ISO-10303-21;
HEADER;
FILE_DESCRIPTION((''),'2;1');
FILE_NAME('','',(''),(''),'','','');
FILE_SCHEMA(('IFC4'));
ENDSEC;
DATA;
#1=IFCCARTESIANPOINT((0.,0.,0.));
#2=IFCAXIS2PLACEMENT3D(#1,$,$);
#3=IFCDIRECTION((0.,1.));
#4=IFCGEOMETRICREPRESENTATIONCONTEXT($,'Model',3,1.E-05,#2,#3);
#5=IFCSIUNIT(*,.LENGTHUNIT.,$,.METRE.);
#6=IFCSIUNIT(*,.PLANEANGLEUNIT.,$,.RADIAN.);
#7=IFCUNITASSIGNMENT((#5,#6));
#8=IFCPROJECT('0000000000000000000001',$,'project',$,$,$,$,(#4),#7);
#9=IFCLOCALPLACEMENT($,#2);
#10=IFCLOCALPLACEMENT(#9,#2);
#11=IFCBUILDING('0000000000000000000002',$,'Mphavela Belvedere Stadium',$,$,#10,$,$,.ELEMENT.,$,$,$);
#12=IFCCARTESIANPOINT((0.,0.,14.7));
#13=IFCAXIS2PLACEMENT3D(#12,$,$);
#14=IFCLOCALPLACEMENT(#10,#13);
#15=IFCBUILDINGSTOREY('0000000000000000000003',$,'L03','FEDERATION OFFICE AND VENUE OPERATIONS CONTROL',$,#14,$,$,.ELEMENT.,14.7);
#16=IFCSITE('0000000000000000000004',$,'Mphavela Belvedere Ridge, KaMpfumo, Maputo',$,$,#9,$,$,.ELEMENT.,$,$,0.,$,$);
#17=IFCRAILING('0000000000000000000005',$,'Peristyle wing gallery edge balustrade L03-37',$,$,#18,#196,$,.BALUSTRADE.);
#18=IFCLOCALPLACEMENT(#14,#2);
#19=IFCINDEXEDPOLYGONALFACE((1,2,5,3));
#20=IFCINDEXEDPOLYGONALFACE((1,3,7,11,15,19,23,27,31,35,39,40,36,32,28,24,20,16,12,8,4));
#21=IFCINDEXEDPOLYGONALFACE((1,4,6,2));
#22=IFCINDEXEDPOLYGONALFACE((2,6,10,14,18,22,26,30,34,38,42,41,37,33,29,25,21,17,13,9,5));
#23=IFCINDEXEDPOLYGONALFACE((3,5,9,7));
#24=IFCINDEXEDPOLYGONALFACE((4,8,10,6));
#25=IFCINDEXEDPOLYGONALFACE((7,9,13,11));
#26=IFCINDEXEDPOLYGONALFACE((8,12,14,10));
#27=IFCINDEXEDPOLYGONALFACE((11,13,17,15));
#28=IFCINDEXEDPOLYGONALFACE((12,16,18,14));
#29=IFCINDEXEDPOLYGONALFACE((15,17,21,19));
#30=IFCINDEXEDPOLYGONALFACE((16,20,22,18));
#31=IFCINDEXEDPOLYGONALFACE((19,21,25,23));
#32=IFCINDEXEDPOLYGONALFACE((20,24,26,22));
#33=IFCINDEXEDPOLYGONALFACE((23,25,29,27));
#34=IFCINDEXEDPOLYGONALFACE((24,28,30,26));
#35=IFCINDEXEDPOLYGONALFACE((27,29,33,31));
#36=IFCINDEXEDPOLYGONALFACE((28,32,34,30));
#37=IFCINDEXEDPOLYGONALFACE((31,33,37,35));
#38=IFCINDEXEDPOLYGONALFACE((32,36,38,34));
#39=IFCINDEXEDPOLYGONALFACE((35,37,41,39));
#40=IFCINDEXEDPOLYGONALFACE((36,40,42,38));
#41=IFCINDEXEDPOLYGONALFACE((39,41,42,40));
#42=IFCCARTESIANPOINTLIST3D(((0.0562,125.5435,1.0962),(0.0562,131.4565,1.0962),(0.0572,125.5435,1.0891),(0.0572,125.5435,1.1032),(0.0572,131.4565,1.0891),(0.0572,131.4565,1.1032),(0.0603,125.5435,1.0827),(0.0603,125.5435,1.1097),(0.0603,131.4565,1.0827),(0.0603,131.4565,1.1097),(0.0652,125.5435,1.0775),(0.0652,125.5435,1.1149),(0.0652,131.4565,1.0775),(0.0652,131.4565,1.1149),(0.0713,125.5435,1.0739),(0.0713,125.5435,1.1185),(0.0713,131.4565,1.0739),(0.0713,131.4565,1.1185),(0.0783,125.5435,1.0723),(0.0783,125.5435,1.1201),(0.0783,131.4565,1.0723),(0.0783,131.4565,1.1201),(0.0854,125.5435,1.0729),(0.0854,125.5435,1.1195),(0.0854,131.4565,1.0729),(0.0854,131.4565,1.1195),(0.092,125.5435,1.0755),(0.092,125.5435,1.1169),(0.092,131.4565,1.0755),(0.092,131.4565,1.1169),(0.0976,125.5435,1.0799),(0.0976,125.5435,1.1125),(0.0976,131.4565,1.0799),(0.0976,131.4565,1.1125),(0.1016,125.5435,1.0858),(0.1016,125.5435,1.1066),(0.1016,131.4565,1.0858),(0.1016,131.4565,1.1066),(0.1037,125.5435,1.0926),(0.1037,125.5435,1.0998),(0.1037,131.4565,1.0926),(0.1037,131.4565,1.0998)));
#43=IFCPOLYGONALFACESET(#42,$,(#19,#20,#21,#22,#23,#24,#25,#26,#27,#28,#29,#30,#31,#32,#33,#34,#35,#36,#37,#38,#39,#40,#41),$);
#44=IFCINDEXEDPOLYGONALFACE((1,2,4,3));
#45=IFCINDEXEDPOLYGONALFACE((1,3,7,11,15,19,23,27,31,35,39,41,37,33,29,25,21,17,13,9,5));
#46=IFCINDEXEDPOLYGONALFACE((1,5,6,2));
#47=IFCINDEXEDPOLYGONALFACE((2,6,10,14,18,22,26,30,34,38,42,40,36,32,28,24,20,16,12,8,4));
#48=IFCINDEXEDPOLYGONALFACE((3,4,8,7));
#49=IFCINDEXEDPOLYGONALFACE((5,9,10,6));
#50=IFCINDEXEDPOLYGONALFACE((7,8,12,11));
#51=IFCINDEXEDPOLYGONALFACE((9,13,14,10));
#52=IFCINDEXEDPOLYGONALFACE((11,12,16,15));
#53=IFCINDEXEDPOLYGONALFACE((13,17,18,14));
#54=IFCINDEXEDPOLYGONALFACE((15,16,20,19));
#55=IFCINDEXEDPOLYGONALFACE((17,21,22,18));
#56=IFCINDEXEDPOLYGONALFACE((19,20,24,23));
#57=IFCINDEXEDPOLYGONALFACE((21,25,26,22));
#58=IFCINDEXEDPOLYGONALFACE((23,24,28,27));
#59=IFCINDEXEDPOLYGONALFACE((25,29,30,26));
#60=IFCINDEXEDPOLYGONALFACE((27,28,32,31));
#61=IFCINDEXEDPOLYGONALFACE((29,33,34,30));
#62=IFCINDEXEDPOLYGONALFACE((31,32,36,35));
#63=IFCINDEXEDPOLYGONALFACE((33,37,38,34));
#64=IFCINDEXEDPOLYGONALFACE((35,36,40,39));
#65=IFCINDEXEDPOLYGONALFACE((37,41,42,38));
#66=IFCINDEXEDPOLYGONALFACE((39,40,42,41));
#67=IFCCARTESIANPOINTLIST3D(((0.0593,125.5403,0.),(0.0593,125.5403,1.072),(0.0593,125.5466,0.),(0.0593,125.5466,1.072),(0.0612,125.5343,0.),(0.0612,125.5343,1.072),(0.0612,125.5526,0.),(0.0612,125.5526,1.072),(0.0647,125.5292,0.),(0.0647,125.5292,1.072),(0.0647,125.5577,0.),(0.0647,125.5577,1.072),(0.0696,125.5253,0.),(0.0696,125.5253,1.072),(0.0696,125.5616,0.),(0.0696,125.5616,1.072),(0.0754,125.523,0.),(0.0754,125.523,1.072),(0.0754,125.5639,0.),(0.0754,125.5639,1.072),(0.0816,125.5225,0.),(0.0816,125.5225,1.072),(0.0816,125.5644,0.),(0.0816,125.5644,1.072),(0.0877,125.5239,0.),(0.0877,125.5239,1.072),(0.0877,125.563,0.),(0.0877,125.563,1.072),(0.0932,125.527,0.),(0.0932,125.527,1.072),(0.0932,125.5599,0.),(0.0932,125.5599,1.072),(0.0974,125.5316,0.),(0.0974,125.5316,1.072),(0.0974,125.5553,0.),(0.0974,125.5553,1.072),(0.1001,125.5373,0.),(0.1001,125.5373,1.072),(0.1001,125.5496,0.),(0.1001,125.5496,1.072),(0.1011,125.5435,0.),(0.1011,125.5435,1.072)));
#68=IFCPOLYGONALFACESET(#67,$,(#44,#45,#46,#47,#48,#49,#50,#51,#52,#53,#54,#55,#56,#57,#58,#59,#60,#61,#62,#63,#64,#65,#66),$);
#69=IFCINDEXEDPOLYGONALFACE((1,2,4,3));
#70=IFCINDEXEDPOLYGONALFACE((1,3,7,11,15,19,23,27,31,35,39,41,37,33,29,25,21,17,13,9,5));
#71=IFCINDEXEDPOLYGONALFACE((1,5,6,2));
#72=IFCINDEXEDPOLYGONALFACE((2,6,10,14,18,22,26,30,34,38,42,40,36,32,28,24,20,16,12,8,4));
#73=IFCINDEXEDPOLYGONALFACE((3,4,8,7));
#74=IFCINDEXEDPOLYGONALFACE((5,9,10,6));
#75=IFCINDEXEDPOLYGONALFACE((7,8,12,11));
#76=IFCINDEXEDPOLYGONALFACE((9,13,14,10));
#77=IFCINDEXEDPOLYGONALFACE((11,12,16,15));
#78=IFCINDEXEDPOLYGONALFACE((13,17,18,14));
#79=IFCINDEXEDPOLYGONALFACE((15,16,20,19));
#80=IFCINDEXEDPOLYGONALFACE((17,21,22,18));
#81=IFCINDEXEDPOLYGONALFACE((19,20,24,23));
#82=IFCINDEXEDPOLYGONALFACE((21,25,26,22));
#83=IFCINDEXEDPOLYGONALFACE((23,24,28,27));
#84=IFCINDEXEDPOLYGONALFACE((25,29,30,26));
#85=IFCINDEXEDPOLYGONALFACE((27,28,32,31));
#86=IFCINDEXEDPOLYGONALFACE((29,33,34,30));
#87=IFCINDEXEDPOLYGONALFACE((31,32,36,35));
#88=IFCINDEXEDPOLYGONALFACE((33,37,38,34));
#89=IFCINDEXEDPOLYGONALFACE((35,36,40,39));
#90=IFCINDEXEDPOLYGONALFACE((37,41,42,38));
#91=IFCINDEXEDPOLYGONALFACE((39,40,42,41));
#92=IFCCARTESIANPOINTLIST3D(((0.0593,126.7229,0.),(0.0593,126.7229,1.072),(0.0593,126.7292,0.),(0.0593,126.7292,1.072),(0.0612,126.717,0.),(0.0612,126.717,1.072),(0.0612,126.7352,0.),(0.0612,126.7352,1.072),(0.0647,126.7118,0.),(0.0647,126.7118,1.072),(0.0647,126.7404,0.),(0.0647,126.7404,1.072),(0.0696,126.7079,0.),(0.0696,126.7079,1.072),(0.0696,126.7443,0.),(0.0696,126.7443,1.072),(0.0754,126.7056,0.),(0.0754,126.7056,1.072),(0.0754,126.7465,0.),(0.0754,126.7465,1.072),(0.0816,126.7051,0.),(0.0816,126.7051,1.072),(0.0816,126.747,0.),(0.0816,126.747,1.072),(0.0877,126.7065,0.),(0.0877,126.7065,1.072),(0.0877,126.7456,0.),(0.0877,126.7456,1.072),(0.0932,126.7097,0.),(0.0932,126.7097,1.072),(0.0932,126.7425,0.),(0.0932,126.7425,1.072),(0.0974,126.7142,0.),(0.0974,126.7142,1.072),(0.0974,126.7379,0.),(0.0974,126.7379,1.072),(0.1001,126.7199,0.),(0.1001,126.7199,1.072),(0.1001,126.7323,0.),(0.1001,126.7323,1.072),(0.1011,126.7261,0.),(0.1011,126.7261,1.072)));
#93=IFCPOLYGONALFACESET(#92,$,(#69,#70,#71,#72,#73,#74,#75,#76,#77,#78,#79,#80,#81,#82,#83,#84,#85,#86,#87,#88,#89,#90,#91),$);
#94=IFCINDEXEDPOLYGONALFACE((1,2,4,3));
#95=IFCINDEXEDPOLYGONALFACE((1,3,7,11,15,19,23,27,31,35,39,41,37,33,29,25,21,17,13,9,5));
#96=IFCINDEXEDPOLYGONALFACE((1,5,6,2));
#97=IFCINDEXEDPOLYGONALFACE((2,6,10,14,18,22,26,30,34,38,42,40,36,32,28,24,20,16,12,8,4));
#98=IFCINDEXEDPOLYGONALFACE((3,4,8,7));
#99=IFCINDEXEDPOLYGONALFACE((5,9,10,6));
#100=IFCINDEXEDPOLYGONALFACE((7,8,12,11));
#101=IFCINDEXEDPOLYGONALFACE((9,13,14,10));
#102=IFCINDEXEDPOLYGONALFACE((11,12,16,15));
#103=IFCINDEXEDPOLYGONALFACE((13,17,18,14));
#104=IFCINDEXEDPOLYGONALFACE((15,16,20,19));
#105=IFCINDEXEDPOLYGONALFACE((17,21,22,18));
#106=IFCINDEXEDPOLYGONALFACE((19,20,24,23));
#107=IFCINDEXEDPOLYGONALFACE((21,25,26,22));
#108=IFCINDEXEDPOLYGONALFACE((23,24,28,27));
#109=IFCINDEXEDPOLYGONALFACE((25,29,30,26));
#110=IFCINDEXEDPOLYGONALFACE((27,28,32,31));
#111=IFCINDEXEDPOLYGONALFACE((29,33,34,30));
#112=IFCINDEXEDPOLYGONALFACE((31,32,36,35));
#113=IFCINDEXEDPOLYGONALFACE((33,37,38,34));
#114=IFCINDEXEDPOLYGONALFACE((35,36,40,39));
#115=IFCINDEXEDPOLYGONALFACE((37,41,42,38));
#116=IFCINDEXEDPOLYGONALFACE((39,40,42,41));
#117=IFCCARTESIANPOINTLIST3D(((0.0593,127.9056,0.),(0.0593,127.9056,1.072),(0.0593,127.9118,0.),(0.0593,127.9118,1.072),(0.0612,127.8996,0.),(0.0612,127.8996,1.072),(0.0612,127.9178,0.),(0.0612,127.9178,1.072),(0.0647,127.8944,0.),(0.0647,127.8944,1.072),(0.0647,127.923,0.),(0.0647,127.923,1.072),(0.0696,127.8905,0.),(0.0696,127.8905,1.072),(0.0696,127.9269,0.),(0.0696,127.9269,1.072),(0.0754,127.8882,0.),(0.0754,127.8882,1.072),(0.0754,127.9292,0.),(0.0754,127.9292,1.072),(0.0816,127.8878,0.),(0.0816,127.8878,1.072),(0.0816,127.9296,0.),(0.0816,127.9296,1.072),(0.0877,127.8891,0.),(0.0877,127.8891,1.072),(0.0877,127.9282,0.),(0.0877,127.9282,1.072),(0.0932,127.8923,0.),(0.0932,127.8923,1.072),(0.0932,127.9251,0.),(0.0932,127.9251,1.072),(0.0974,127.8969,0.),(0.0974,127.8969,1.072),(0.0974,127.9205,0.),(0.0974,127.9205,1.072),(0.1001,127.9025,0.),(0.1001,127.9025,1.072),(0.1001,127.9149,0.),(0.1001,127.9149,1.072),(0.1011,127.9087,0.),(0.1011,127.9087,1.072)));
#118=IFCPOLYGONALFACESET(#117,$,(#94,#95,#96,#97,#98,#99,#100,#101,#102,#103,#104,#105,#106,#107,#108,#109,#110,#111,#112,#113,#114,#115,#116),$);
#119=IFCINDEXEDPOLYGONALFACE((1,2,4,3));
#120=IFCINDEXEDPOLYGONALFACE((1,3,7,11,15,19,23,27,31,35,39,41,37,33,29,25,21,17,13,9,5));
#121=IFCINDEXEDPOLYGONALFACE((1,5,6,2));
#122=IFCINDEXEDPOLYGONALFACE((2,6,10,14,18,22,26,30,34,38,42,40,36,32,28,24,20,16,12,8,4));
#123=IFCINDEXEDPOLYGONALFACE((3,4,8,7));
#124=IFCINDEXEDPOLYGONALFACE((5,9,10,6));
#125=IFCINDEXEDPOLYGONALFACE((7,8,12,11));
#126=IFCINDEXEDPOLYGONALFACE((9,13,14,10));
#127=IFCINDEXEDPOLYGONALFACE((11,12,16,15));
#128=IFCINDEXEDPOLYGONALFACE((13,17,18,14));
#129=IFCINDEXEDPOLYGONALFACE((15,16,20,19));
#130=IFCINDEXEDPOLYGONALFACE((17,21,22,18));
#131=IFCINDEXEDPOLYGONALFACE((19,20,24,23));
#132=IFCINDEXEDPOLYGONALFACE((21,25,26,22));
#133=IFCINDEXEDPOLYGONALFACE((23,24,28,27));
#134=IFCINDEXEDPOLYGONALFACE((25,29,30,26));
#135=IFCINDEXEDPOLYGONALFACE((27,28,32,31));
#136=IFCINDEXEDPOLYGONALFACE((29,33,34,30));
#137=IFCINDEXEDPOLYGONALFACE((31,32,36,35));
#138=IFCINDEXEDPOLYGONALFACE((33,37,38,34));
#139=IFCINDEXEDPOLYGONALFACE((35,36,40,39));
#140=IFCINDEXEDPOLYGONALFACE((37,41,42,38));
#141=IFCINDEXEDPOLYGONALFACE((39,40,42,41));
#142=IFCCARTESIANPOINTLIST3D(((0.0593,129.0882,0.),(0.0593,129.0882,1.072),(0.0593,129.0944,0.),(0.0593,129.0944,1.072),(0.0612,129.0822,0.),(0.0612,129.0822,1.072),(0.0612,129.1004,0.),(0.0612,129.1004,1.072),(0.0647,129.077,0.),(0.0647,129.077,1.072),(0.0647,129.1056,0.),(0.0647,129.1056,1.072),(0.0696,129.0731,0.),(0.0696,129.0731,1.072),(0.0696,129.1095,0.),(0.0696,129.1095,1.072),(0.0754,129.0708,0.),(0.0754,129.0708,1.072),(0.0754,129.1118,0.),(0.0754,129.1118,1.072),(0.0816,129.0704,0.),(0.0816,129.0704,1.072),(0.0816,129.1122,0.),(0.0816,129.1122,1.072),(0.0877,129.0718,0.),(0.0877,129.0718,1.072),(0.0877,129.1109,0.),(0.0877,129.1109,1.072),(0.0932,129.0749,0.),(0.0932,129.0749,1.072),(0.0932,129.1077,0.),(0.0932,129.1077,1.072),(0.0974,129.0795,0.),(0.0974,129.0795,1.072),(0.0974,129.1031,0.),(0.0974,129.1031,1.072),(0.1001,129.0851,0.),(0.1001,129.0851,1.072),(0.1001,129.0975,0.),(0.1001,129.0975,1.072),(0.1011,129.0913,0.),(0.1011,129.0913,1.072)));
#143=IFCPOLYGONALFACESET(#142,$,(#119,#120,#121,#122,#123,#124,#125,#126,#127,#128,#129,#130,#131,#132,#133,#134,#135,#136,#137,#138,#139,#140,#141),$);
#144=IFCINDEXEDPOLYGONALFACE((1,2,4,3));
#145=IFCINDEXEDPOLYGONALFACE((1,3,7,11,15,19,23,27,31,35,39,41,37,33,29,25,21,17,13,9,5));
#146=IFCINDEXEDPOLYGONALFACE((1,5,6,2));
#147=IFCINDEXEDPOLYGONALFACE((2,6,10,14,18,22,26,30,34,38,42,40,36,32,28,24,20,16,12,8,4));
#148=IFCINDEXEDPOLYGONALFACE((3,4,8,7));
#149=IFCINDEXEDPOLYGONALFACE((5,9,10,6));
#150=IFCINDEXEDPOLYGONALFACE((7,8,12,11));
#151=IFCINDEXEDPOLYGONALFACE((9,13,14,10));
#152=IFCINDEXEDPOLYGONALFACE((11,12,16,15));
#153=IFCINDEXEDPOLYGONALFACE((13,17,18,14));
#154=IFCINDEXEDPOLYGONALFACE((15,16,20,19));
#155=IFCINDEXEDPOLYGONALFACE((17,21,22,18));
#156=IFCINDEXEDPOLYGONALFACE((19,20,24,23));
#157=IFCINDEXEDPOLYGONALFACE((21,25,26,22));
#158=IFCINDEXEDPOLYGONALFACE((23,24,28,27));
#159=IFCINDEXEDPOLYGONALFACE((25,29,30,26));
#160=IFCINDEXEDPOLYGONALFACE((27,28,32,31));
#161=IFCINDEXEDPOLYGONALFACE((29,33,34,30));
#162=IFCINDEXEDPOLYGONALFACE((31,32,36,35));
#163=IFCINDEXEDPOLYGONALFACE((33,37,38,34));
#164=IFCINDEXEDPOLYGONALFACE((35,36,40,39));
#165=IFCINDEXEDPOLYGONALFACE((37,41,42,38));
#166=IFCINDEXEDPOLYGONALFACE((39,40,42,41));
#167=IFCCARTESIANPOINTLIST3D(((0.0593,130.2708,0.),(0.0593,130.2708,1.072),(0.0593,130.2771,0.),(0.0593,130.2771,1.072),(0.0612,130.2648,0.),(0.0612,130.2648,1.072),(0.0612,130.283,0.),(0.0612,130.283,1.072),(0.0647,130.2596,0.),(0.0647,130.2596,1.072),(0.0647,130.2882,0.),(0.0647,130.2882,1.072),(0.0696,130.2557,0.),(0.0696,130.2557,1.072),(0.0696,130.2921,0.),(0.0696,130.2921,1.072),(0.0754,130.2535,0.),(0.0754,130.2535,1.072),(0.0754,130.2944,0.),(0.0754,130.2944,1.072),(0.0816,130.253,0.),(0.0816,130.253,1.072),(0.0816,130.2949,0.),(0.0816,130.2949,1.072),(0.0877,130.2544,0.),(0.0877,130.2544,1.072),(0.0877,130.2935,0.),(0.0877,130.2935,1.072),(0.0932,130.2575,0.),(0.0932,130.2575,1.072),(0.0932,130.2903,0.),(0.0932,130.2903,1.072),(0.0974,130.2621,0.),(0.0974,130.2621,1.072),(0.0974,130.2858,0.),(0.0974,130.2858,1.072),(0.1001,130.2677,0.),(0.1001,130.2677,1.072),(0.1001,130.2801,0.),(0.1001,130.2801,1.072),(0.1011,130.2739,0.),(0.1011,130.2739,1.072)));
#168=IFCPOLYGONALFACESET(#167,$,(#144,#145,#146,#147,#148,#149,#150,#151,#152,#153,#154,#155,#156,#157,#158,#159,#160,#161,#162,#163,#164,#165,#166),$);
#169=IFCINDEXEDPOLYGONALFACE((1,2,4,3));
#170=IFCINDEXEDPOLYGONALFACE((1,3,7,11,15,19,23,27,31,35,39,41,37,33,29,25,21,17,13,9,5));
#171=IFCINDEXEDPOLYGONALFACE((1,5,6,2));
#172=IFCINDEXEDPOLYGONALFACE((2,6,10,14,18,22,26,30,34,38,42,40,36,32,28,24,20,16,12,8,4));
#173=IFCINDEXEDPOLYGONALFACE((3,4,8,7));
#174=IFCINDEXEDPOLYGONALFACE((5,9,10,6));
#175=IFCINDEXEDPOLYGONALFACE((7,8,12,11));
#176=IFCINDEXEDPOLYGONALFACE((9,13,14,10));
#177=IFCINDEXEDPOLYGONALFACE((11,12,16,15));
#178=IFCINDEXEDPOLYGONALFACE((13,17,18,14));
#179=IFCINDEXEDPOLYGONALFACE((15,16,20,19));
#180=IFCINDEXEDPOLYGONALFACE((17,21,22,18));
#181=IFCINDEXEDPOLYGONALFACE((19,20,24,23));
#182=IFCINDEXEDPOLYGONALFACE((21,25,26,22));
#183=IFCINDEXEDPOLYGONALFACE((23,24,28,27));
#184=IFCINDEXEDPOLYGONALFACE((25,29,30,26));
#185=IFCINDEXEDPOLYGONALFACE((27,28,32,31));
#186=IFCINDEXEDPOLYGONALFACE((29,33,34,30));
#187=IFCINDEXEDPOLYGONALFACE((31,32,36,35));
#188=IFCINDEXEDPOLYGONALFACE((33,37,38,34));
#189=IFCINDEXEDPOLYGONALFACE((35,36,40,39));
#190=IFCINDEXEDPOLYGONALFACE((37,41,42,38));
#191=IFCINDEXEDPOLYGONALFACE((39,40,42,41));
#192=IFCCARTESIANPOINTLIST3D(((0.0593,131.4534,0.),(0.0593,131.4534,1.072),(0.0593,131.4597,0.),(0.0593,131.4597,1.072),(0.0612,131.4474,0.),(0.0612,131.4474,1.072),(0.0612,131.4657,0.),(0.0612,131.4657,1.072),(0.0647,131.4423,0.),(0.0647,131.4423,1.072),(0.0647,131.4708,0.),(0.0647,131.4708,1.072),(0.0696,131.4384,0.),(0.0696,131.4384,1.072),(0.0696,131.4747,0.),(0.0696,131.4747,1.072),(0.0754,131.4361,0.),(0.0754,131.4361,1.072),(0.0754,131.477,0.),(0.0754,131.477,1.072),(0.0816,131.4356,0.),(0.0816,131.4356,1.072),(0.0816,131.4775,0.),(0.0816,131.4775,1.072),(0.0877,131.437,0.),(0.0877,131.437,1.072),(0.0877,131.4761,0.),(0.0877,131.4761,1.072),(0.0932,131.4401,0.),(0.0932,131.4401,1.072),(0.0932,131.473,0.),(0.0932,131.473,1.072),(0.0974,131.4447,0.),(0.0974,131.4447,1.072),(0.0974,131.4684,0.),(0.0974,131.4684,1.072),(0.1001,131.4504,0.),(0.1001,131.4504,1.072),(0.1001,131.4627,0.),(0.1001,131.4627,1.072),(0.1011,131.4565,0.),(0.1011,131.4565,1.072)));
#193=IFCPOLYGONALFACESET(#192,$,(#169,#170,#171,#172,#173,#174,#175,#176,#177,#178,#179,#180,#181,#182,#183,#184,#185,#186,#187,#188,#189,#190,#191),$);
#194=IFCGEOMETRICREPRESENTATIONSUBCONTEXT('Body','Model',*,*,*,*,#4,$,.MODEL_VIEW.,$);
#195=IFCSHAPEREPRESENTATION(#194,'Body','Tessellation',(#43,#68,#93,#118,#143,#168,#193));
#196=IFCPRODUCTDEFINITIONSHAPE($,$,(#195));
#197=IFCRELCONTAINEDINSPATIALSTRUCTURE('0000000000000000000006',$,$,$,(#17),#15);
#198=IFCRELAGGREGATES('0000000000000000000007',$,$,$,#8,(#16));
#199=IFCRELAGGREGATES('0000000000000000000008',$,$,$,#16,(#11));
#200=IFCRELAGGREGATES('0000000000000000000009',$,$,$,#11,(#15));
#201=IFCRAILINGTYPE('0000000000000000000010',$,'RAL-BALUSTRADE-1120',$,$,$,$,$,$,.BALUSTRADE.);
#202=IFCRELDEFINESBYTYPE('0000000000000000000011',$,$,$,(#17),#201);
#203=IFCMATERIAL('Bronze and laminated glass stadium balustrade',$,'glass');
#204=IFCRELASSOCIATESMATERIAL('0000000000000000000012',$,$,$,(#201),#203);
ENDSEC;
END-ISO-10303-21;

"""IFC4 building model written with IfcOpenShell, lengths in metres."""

from ifc_helpers import new_model, si_unit, direction, frame, origin, origin_2d, place, context, subcontext, project, spatial, circle, extrude, material, type_object, element, save


model = new_model("IFC4")

# Units and contexts
model_context = context("Model", 3, precision=1e-05, world=origin(), true_north=direction((0.0, 1.0)))
body_context = subcontext(model_context, "Body", "Model", "MODEL_VIEW")
ifc_project = project(units=[si_unit("LENGTHUNIT", "METRE"), si_unit("PLANEANGLEUNIT", "RADIAN")], contexts=[model_context])

# Site, building, storey
site_placement = place(None, origin())
site = spatial("IfcSite", under=ifc_project, at=site_placement, Name="Mphavela Belvedere Ridge, KaMpfumo, Maputo", CompositionType="ELEMENT", RefElevation=0.0)
building_placement = place(site_placement, origin())
building = spatial("IfcBuilding", under=site, at=building_placement, Name="Mphavela Belvedere Stadium", CompositionType="ELEMENT")
storey_placement = place(building_placement, frame((0.0, 0.0, 14.7)))
storey = spatial("IfcBuildingStorey", under=building, at=storey_placement, Name="L03", Description="FEDERATION OFFICE AND VENUE OPERATIONS CONTROL", CompositionType="ELEMENT", Elevation=14.7)

# Railing
ifc_material_1 = material(Name="Bronze and laminated glass stadium balustrade", Category="glass")
railing_type = type_object("IfcRailingType", Name="RAL-BALUSTRADE-1120", PredefinedType="BALUSTRADE", material=ifc_material_1)
for number, where, name in (
    (1, (0.0801, 125.5435, 0.0), "Peristyle wing gallery edge balustrade L03-37"),
):
    element("IfcRailing", number, at=place(storey_placement, frame(where)), inside=storey, type_object=railing_type, Name=name, PredefinedType="BALUSTRADE", context=body_context, shape_type="SweptSolid", body=[
        extrude(circle(Radius=0.0239, at=origin_2d()), frame((0.0, 0.0, 1.0962), z_axis=(0.0, 1.0, 0.0), x_axis=(-1.0, 0.0, 0.0)), (0.0, 0.0, 1.0), 5.9131),
        extrude(circle(Radius=0.021, at=origin_2d()), origin(), (0.0, 0.0, 1.0), 1.072),
        extrude(circle(Radius=0.021, at=origin_2d()), frame((0.0, 1.1826, 0.0)), (0.0, 0.0, 1.0), 1.072),
        extrude(circle(Radius=0.021, at=origin_2d()), frame((0.0, 2.3652, 0.0)), (0.0, 0.0, 1.0), 1.072),
        extrude(circle(Radius=0.021, at=origin_2d()), frame((0.0, 3.5479, 0.0)), (0.0, 0.0, 1.0), 1.072),
        extrude(circle(Radius=0.021, at=origin_2d()), frame((0.0, 4.7305, 0.0)), (0.0, 0.0, 1.0), 1.072),
        extrude(circle(Radius=0.021, at=origin_2d()), frame((0.0, 5.9131, 0.0)), (0.0, 0.0, 1.0), 1.072),
    ])

save(model, "model.ifc")
